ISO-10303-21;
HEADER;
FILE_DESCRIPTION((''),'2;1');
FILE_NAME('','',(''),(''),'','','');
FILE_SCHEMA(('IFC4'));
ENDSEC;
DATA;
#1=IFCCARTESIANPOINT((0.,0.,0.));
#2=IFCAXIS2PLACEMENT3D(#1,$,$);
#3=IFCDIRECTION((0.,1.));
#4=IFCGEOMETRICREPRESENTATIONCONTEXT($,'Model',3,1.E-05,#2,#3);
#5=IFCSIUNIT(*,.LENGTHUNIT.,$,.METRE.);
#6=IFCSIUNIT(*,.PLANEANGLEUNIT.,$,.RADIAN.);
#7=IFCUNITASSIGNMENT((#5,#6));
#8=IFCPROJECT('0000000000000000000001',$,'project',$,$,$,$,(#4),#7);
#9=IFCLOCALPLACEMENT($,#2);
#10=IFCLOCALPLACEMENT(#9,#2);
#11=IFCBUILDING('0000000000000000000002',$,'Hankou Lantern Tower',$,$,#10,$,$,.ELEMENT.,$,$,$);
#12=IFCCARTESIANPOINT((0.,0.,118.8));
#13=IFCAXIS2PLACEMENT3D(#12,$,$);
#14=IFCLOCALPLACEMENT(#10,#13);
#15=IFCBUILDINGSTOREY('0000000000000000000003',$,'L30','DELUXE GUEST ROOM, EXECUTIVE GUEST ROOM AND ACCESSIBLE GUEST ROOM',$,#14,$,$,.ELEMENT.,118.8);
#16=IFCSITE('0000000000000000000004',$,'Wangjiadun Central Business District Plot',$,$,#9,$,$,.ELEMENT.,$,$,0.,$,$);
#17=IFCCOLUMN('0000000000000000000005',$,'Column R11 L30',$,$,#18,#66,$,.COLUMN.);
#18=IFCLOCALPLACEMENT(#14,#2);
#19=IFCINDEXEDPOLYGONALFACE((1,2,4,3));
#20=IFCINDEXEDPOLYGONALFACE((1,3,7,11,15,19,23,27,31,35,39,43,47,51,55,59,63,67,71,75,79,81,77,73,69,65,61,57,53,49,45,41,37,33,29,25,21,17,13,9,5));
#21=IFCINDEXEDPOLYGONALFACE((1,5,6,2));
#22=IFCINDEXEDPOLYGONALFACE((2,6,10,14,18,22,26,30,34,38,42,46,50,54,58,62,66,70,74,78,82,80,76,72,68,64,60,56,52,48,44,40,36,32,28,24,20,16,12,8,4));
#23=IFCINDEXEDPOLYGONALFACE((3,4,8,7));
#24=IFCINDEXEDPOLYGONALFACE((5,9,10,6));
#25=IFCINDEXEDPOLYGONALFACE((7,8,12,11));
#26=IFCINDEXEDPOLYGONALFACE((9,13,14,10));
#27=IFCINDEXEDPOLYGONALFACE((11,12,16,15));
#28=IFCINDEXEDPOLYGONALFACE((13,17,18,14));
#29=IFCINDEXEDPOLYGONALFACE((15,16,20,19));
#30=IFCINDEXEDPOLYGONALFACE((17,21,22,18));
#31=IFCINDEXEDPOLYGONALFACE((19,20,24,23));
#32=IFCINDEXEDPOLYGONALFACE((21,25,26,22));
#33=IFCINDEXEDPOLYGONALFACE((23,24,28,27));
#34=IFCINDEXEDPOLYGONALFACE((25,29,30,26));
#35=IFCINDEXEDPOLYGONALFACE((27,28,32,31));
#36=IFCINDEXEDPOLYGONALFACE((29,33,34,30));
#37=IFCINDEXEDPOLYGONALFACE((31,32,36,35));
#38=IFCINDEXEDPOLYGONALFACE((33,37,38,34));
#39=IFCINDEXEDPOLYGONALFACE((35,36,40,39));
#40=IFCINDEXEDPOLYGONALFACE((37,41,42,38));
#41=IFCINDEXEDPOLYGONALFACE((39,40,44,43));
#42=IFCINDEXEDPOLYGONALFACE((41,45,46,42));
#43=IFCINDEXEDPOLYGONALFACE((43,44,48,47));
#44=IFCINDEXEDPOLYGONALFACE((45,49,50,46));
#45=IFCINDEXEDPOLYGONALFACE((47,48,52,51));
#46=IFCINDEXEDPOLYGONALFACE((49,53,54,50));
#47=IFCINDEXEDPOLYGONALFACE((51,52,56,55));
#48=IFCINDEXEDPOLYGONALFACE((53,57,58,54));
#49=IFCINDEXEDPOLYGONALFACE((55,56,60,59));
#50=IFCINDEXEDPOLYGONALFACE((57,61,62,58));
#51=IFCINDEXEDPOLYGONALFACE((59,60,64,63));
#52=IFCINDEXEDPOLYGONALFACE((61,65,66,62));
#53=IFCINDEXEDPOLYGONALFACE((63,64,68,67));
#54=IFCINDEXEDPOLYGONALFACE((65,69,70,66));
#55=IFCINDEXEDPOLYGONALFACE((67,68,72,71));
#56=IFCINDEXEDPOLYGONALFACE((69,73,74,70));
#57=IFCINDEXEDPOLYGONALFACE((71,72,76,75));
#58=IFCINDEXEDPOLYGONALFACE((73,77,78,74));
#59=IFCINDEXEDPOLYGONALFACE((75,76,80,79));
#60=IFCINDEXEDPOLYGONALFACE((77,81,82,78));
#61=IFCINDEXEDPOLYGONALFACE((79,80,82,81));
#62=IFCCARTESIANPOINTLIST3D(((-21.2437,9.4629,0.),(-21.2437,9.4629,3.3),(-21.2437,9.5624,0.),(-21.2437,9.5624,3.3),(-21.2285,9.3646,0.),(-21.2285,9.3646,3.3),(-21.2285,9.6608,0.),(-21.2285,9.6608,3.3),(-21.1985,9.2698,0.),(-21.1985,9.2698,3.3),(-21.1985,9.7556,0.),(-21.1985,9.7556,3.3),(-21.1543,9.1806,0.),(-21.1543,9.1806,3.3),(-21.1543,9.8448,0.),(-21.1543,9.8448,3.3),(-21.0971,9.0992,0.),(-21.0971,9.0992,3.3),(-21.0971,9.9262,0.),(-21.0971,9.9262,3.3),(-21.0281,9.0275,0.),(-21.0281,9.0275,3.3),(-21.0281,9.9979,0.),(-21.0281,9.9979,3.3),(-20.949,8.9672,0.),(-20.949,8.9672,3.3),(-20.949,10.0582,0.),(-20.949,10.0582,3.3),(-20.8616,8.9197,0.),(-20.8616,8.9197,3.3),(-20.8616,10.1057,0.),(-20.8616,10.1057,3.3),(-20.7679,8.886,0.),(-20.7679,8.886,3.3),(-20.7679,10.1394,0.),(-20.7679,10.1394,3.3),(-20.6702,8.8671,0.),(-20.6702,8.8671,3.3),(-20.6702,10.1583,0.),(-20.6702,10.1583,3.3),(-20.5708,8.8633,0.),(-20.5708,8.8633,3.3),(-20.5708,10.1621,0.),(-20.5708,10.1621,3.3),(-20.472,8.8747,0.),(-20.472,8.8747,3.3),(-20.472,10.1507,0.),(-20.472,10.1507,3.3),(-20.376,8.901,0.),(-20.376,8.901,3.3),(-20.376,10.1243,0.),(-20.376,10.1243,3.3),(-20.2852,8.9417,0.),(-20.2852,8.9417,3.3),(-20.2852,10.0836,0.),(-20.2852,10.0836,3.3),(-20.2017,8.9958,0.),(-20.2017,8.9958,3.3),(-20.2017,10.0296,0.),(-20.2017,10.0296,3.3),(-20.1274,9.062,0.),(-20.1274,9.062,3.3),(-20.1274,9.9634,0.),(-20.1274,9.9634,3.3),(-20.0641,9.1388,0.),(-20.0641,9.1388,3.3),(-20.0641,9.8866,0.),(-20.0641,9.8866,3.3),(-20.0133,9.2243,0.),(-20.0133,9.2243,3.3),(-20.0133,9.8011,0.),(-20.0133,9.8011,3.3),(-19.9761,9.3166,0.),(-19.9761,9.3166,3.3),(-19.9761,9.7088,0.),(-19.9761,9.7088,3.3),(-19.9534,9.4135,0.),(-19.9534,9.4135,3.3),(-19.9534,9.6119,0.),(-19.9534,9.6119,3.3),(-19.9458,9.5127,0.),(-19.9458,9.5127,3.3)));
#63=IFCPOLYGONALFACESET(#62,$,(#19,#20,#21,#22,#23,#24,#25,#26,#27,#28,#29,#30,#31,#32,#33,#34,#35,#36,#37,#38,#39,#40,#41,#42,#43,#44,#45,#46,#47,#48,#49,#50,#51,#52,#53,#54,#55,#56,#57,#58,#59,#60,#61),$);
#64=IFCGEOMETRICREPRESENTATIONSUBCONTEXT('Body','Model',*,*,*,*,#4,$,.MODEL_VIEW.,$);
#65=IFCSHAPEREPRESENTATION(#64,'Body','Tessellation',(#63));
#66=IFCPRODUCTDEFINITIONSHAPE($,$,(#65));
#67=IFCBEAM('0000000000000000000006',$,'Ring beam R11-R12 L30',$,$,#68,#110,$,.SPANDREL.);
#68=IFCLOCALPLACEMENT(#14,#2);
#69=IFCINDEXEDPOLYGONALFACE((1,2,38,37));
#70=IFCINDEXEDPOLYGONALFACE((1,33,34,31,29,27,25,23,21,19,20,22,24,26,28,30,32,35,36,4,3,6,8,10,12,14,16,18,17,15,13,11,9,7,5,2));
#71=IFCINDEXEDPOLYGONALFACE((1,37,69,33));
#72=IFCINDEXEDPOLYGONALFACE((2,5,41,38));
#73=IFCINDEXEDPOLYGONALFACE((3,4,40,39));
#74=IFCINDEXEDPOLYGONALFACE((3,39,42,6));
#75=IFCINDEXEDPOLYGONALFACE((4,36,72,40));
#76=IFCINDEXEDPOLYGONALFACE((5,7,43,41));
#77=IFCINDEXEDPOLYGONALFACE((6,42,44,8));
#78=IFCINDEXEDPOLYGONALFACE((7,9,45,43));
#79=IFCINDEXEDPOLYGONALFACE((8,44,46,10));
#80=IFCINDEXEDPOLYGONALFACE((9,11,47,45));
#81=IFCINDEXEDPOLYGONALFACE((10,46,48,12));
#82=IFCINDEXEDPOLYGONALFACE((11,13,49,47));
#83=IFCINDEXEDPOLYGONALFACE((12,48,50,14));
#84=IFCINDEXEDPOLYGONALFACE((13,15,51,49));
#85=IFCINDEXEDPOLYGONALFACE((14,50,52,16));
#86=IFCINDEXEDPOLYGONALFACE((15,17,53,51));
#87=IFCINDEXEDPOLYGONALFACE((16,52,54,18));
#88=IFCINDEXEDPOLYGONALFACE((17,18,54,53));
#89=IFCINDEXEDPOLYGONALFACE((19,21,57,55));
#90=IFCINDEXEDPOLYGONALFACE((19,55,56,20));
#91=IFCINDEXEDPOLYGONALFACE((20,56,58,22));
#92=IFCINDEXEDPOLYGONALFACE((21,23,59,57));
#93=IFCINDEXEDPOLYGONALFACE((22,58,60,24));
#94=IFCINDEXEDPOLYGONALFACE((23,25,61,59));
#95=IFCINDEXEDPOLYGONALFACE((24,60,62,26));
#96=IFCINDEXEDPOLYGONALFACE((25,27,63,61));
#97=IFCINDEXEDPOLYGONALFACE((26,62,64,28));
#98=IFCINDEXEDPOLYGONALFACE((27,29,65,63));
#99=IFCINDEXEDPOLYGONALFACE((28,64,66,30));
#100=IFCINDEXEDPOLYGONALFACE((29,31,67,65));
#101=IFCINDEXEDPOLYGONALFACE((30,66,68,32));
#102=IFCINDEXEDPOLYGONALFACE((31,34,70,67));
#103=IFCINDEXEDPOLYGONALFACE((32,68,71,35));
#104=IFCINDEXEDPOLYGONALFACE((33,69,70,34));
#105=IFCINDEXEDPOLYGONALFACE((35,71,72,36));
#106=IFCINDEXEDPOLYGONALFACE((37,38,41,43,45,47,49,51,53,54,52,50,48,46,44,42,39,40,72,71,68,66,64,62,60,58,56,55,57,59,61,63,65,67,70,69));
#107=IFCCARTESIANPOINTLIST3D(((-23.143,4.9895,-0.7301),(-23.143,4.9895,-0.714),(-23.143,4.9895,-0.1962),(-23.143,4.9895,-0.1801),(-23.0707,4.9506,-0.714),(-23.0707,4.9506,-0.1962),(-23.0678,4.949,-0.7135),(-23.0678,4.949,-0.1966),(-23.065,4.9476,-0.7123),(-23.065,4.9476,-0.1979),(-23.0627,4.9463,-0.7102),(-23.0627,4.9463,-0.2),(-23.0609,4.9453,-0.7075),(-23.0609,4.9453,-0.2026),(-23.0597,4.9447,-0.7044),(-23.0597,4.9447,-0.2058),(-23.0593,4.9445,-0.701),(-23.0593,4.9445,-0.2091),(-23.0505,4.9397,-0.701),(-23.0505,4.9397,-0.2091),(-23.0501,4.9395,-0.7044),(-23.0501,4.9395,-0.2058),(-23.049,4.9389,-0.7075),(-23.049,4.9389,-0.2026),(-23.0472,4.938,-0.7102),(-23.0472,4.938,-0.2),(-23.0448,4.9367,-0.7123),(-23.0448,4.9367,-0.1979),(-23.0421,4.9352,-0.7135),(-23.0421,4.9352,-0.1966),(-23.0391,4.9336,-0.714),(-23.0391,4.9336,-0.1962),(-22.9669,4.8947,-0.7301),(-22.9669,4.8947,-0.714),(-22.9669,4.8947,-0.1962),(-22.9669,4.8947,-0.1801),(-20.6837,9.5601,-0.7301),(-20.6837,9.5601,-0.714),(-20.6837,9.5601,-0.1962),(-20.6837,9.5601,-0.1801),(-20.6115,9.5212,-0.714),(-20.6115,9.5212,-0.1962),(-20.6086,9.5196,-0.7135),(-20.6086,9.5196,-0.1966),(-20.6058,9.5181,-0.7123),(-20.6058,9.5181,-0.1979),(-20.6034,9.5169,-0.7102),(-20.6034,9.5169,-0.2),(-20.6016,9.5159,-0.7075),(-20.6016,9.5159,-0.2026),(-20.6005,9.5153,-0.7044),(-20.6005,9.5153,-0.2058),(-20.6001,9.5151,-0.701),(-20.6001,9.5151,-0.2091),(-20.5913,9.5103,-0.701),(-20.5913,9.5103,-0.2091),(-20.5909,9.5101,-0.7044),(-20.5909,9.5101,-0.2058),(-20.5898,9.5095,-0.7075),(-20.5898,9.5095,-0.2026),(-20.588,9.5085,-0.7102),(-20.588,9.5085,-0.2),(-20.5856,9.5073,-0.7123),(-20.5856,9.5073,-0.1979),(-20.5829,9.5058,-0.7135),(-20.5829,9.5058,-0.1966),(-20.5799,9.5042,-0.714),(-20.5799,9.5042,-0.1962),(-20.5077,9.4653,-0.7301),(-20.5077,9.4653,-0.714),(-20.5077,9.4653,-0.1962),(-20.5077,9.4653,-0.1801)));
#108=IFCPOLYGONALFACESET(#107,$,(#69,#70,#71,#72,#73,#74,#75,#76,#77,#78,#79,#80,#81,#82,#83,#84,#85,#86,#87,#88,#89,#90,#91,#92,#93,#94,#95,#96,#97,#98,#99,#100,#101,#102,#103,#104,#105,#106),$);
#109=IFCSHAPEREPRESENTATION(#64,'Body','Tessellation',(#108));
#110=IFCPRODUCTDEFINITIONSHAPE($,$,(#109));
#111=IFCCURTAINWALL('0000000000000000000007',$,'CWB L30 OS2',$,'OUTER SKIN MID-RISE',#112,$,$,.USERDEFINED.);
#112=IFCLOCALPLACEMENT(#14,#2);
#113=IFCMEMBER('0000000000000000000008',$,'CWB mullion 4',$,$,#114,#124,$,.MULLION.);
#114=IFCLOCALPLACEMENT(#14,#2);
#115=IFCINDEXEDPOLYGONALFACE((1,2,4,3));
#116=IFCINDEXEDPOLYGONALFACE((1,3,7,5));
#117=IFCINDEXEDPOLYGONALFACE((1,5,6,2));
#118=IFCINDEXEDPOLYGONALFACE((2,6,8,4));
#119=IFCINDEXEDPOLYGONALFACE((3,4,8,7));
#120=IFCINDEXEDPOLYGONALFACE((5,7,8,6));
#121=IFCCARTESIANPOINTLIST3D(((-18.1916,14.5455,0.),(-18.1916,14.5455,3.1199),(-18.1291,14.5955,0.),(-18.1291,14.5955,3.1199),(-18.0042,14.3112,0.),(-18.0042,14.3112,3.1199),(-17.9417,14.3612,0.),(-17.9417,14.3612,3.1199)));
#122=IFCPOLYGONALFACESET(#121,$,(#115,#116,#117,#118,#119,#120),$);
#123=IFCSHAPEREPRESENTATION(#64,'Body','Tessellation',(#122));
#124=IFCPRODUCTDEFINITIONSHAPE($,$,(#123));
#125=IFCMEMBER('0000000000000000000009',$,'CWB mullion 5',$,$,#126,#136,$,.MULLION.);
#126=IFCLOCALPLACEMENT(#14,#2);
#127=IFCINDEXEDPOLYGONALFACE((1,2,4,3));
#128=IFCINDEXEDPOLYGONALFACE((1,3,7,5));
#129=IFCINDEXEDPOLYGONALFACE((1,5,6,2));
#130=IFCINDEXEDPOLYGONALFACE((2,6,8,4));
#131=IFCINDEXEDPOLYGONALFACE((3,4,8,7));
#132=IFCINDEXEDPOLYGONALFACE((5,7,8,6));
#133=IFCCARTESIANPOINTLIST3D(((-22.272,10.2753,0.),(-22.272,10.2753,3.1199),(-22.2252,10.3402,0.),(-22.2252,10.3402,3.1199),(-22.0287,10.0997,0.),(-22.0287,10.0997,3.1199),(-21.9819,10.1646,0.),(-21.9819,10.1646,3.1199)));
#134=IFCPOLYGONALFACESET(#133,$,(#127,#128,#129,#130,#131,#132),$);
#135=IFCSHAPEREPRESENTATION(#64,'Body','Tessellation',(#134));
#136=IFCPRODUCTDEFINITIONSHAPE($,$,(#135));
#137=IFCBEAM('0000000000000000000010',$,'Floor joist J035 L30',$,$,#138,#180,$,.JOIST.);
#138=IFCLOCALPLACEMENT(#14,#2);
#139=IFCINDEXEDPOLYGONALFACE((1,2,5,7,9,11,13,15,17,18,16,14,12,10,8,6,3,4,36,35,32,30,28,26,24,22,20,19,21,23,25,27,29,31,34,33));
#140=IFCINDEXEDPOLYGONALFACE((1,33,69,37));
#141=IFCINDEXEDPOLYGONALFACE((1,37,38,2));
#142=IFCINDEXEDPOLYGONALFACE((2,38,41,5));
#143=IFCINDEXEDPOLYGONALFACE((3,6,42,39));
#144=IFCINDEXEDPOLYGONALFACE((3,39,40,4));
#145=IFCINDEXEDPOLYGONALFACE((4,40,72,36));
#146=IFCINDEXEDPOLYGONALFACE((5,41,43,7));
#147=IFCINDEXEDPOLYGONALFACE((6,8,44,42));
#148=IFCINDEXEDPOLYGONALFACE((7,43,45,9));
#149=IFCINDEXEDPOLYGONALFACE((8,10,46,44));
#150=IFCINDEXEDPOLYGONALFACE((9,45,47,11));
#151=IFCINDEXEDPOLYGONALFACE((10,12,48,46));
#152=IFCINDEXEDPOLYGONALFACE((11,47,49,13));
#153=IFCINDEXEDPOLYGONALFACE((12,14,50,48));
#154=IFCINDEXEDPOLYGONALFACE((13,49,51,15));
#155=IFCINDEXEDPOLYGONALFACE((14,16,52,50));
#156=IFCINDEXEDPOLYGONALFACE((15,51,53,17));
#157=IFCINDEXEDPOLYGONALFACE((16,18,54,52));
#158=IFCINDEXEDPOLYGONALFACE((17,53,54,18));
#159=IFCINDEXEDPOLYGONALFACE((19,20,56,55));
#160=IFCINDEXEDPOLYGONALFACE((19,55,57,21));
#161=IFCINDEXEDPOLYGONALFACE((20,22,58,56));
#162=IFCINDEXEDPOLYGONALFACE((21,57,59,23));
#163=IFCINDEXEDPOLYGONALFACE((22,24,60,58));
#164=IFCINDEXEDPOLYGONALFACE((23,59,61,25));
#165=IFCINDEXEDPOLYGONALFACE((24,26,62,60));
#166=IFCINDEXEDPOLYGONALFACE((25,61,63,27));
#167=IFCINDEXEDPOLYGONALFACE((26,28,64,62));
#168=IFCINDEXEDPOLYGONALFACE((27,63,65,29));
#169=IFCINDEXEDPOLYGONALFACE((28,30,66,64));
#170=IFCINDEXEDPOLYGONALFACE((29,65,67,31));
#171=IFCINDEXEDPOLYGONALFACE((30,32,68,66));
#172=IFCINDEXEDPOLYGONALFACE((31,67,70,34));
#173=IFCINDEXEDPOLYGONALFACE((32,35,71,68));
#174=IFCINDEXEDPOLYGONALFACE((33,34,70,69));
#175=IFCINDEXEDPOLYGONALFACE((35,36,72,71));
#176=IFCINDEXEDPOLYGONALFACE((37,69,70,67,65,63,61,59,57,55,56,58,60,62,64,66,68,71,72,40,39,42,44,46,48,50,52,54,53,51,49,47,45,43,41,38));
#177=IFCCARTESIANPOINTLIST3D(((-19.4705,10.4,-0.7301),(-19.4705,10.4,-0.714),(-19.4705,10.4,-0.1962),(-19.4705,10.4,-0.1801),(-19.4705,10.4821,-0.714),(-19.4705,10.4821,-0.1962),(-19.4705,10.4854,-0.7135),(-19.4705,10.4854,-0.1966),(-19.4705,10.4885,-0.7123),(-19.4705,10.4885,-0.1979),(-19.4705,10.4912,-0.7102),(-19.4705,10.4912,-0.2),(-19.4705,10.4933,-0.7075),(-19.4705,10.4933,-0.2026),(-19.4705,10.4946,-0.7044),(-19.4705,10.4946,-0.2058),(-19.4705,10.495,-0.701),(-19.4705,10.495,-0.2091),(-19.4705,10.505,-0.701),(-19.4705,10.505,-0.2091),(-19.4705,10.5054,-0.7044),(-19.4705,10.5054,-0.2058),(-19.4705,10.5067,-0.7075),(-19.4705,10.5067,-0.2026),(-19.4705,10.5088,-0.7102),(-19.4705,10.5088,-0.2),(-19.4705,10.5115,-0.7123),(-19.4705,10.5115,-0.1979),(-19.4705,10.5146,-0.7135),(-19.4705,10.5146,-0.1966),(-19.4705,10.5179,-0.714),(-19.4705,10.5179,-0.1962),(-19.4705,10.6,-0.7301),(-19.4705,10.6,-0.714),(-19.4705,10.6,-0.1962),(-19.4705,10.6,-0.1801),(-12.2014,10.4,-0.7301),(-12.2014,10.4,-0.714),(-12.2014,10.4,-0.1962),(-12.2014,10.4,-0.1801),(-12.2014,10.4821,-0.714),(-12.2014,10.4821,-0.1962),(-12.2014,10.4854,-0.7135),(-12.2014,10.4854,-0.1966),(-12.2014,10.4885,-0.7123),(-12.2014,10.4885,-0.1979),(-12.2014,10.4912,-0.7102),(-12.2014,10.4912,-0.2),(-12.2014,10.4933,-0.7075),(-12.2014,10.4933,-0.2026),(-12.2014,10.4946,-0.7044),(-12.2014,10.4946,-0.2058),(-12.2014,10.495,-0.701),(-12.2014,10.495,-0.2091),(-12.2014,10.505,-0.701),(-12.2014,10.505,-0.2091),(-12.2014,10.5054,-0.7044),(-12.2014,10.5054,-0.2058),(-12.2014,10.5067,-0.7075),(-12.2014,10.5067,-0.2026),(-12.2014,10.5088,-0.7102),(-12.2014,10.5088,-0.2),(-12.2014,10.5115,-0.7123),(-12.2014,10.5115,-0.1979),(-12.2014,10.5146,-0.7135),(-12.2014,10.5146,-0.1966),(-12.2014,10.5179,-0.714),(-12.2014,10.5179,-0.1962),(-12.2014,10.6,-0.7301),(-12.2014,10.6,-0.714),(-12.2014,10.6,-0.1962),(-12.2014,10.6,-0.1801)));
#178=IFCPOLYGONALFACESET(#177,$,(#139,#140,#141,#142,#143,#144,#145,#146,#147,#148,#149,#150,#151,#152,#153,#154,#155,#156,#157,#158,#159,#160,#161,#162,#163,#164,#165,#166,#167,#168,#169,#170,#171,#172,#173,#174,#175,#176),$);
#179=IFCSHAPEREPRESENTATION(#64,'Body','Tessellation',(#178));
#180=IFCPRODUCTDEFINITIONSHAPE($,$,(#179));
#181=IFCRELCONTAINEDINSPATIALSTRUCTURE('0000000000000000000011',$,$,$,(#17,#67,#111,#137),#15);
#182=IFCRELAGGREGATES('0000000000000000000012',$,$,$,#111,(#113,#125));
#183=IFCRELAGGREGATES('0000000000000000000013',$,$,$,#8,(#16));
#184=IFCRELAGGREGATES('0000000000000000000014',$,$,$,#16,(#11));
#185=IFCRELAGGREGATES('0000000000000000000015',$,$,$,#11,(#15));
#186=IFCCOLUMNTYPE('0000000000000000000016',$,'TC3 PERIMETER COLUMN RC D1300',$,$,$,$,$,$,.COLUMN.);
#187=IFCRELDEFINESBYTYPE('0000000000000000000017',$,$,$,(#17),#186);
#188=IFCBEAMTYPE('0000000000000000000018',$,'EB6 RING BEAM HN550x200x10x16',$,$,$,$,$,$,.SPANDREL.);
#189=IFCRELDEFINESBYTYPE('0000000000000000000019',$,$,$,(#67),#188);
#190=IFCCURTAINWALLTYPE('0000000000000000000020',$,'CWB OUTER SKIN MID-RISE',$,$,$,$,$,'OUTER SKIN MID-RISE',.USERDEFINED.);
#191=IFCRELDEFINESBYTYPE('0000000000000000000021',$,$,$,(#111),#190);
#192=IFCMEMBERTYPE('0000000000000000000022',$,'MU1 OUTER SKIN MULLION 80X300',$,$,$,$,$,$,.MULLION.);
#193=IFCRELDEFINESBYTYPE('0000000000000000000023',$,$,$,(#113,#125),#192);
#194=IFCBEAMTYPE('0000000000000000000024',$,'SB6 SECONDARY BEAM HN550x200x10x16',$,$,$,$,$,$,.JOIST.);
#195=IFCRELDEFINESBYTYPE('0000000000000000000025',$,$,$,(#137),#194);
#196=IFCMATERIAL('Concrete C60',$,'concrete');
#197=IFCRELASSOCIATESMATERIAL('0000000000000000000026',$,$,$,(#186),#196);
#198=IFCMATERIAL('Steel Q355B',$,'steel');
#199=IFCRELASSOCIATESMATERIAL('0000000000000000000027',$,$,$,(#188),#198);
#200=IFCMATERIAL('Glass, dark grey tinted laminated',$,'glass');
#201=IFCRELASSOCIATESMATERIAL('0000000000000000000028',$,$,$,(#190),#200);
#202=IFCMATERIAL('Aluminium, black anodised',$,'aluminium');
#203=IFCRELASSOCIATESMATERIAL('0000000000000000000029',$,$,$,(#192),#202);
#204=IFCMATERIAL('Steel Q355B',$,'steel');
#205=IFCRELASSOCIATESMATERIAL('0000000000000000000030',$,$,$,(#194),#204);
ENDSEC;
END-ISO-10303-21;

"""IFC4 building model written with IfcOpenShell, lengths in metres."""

from ifc_helpers import new_model, si_unit, direction, frame, origin, origin_2d, place, context, subcontext, project, spatial, rectangle, circle, i_section, extrude, material, material_profile, profile_set, type_object, element, aggregate, save


model = new_model("IFC4")

# Units and contexts
model_context = context("Model", 3, precision=1e-05, world=origin(), true_north=direction((0.0, 1.0)))
body_context = subcontext(model_context, "Body", "Model", "MODEL_VIEW")
ifc_project = project(units=[si_unit("LENGTHUNIT", "METRE"), si_unit("PLANEANGLEUNIT", "RADIAN")], contexts=[model_context])

# Site, building, storey
site_placement = place(None, origin())
site = spatial("IfcSite", under=ifc_project, at=site_placement, Name="Wangjiadun Central Business District Plot", CompositionType="ELEMENT", RefElevation=0.0)
building_placement = place(site_placement, origin())
building = spatial("IfcBuilding", under=site, at=building_placement, Name="Hankou Lantern Tower", CompositionType="ELEMENT")
storey_placement = place(building_placement, frame((0.0, 0.0, 118.8)))
storey = spatial("IfcBuildingStorey", under=building, at=storey_placement, Name="L30", Description="DELUXE GUEST ROOM, EXECUTIVE GUEST ROOM AND ACCESSIBLE GUEST ROOM", CompositionType="ELEMENT", Elevation=118.8)

# Column
ifc_material_1 = material(Name="Concrete C60", Category="concrete")
ifc_material_profile_1 = material_profile(ifc_material_1, circle(Radius=0.6499, at=origin_2d()), Name="RC D1300")
ifc_profile_set_1 = profile_set([ifc_material_profile_1], Name="Concrete C60")
column_type = type_object("IfcColumnType", Name="TC3 PERIMETER COLUMN RC D1300", PredefinedType="COLUMN", material=ifc_profile_set_1)
column_placement = place(storey_placement, frame((-20.5957, 9.5127, 0.0), z_axis=(0.0, 0.0, 1.0), x_axis=(1.0, 0.0, 0.0)))
element("IfcColumn", 1, at=column_placement, inside=storey, type_object=column_type, Name="Column R11 L30", PredefinedType="COLUMN", context=body_context, shape_type="SweptSolid", body=[
    extrude(circle(Radius=0.6499, at=origin_2d()), origin(), (0.0, 0.0, 1.0), 3.3),
])

# Beam
ifc_material_2 = material(Name="Steel Q355B", Category="steel")
ifc_material_profile_2 = material_profile(ifc_material_2, i_section(OverallWidth=0.2, OverallDepth=0.55, WebThickness=0.01, FlangeThickness=0.0161, FilletRadius=0.0129, at=origin_2d()), Name="HN550x200x10x16")
ifc_profile_set_2 = profile_set([ifc_material_profile_2], Name="Steel Q355B")
beam_type_1 = type_object("IfcBeamType", Name="EB6 RING BEAM HN550x200x10x16", PredefinedType="SPANDREL", material=ifc_profile_set_2)
beam_1_placement = place(storey_placement, frame((-20.5957, 9.5127, -0.4551), z_axis=(-0.473825, -0.880619, 0.0), x_axis=(0.880619, -0.473825, 0.0)))
element("IfcBeam", 2, at=beam_1_placement, inside=storey, type_object=beam_type_1, Name="Ring beam R11-R12 L30", PredefinedType="SPANDREL", context=body_context, shape_type="SweptSolid", body=[
    extrude(i_section(OverallWidth=0.2, OverallDepth=0.55, WebThickness=0.01, FlangeThickness=0.0161, FilletRadius=0.0129, at=origin_2d()), origin(), (0.0, 0.0, 1.0), 5.1902),
])

# Curtain wall, members
ifc_material_3 = material(Name="Glass, dark grey tinted laminated", Category="glass")
curtain_wall_type = type_object("IfcCurtainWallType", Name="CWB OUTER SKIN MID-RISE", ElementType="OUTER SKIN MID-RISE", PredefinedType="USERDEFINED", material=ifc_material_3)
curtain_wall_placement = place(storey_placement, origin())
curtain_wall = element("IfcCurtainWall", 3, at=curtain_wall_placement, inside=storey, type_object=curtain_wall_type, Name="CWB L30 OS2", ObjectType="OUTER SKIN MID-RISE", PredefinedType="USERDEFINED")
ifc_material_4 = material(Name="Aluminium, black anodised", Category="aluminium")
ifc_material_profile_3 = material_profile(ifc_material_4, rectangle(XDim=0.0801, YDim=0.3, at=origin_2d()), Name="MU1 80X300")
ifc_profile_set_3 = profile_set([ifc_material_profile_3], Name="Aluminium, black anodised")
member_type_1 = type_object("IfcMemberType", Name="MU1 OUTER SKIN MULLION 80X300", PredefinedType="MULLION", material=ifc_profile_set_3)
member_1_placement = place(storey_placement, frame((-18.0667, 14.4534, 0.0), z_axis=(0.0, 0.0, 1.0), x_axis=(-0.780869, -0.624695, 0.0)))
member_1 = element("IfcMember", 4, at=member_1_placement, type_object=member_type_1, Name="CWB mullion 4", PredefinedType="MULLION", context=body_context, shape_type="SweptSolid", body=[
    extrude(rectangle(XDim=0.0801, YDim=0.3, at=origin_2d()), origin(), (0.0, 0.0, 1.0), 3.1199),
])
member_2_placement = place(storey_placement, frame((-22.127, 10.22, 0.0), z_axis=(0.0, 0.0, 1.0), x_axis=(-0.585206, -0.810885, 0.0)))
member_2 = element("IfcMember", 5, at=member_2_placement, type_object=member_type_1, Name="CWB mullion 5", PredefinedType="MULLION", context=body_context, shape_type="SweptSolid", body=[
    extrude(rectangle(XDim=0.0801, YDim=0.3, at=origin_2d()), origin(), (0.0, 0.0, 1.0), 3.1199),
])

# Beam
ifc_material_5 = material(Name="Steel Q355B", Category="steel")
ifc_material_profile_4 = material_profile(ifc_material_5, i_section(OverallWidth=0.2, OverallDepth=0.55, WebThickness=0.01, FlangeThickness=0.0161, FilletRadius=0.0129, at=origin_2d()), Name="HN550x200x10x16")
ifc_profile_set_4 = profile_set([ifc_material_profile_4], Name="Steel Q355B")
beam_type_2 = type_object("IfcBeamType", Name="SB6 SECONDARY BEAM HN550x200x10x16", PredefinedType="JOIST", material=ifc_profile_set_4)
beam_2_placement = place(storey_placement, frame((-19.4705, 10.5, -0.4551), z_axis=(1.0, 0.0, 0.0), x_axis=(0.0, 1.0, 0.0)))
element("IfcBeam", 6, at=beam_2_placement, inside=storey, type_object=beam_type_2, Name="Floor joist J035 L30", PredefinedType="JOIST", context=body_context, shape_type="SweptSolid", body=[
    extrude(i_section(OverallWidth=0.2, OverallDepth=0.55, WebThickness=0.01, FlangeThickness=0.0161, FilletRadius=0.0129, at=origin_2d()), origin(), (0.0, 0.0, 1.0), 7.269),
])

aggregate(curtain_wall, [member_1, member_2])

save(model, "model.ifc")
